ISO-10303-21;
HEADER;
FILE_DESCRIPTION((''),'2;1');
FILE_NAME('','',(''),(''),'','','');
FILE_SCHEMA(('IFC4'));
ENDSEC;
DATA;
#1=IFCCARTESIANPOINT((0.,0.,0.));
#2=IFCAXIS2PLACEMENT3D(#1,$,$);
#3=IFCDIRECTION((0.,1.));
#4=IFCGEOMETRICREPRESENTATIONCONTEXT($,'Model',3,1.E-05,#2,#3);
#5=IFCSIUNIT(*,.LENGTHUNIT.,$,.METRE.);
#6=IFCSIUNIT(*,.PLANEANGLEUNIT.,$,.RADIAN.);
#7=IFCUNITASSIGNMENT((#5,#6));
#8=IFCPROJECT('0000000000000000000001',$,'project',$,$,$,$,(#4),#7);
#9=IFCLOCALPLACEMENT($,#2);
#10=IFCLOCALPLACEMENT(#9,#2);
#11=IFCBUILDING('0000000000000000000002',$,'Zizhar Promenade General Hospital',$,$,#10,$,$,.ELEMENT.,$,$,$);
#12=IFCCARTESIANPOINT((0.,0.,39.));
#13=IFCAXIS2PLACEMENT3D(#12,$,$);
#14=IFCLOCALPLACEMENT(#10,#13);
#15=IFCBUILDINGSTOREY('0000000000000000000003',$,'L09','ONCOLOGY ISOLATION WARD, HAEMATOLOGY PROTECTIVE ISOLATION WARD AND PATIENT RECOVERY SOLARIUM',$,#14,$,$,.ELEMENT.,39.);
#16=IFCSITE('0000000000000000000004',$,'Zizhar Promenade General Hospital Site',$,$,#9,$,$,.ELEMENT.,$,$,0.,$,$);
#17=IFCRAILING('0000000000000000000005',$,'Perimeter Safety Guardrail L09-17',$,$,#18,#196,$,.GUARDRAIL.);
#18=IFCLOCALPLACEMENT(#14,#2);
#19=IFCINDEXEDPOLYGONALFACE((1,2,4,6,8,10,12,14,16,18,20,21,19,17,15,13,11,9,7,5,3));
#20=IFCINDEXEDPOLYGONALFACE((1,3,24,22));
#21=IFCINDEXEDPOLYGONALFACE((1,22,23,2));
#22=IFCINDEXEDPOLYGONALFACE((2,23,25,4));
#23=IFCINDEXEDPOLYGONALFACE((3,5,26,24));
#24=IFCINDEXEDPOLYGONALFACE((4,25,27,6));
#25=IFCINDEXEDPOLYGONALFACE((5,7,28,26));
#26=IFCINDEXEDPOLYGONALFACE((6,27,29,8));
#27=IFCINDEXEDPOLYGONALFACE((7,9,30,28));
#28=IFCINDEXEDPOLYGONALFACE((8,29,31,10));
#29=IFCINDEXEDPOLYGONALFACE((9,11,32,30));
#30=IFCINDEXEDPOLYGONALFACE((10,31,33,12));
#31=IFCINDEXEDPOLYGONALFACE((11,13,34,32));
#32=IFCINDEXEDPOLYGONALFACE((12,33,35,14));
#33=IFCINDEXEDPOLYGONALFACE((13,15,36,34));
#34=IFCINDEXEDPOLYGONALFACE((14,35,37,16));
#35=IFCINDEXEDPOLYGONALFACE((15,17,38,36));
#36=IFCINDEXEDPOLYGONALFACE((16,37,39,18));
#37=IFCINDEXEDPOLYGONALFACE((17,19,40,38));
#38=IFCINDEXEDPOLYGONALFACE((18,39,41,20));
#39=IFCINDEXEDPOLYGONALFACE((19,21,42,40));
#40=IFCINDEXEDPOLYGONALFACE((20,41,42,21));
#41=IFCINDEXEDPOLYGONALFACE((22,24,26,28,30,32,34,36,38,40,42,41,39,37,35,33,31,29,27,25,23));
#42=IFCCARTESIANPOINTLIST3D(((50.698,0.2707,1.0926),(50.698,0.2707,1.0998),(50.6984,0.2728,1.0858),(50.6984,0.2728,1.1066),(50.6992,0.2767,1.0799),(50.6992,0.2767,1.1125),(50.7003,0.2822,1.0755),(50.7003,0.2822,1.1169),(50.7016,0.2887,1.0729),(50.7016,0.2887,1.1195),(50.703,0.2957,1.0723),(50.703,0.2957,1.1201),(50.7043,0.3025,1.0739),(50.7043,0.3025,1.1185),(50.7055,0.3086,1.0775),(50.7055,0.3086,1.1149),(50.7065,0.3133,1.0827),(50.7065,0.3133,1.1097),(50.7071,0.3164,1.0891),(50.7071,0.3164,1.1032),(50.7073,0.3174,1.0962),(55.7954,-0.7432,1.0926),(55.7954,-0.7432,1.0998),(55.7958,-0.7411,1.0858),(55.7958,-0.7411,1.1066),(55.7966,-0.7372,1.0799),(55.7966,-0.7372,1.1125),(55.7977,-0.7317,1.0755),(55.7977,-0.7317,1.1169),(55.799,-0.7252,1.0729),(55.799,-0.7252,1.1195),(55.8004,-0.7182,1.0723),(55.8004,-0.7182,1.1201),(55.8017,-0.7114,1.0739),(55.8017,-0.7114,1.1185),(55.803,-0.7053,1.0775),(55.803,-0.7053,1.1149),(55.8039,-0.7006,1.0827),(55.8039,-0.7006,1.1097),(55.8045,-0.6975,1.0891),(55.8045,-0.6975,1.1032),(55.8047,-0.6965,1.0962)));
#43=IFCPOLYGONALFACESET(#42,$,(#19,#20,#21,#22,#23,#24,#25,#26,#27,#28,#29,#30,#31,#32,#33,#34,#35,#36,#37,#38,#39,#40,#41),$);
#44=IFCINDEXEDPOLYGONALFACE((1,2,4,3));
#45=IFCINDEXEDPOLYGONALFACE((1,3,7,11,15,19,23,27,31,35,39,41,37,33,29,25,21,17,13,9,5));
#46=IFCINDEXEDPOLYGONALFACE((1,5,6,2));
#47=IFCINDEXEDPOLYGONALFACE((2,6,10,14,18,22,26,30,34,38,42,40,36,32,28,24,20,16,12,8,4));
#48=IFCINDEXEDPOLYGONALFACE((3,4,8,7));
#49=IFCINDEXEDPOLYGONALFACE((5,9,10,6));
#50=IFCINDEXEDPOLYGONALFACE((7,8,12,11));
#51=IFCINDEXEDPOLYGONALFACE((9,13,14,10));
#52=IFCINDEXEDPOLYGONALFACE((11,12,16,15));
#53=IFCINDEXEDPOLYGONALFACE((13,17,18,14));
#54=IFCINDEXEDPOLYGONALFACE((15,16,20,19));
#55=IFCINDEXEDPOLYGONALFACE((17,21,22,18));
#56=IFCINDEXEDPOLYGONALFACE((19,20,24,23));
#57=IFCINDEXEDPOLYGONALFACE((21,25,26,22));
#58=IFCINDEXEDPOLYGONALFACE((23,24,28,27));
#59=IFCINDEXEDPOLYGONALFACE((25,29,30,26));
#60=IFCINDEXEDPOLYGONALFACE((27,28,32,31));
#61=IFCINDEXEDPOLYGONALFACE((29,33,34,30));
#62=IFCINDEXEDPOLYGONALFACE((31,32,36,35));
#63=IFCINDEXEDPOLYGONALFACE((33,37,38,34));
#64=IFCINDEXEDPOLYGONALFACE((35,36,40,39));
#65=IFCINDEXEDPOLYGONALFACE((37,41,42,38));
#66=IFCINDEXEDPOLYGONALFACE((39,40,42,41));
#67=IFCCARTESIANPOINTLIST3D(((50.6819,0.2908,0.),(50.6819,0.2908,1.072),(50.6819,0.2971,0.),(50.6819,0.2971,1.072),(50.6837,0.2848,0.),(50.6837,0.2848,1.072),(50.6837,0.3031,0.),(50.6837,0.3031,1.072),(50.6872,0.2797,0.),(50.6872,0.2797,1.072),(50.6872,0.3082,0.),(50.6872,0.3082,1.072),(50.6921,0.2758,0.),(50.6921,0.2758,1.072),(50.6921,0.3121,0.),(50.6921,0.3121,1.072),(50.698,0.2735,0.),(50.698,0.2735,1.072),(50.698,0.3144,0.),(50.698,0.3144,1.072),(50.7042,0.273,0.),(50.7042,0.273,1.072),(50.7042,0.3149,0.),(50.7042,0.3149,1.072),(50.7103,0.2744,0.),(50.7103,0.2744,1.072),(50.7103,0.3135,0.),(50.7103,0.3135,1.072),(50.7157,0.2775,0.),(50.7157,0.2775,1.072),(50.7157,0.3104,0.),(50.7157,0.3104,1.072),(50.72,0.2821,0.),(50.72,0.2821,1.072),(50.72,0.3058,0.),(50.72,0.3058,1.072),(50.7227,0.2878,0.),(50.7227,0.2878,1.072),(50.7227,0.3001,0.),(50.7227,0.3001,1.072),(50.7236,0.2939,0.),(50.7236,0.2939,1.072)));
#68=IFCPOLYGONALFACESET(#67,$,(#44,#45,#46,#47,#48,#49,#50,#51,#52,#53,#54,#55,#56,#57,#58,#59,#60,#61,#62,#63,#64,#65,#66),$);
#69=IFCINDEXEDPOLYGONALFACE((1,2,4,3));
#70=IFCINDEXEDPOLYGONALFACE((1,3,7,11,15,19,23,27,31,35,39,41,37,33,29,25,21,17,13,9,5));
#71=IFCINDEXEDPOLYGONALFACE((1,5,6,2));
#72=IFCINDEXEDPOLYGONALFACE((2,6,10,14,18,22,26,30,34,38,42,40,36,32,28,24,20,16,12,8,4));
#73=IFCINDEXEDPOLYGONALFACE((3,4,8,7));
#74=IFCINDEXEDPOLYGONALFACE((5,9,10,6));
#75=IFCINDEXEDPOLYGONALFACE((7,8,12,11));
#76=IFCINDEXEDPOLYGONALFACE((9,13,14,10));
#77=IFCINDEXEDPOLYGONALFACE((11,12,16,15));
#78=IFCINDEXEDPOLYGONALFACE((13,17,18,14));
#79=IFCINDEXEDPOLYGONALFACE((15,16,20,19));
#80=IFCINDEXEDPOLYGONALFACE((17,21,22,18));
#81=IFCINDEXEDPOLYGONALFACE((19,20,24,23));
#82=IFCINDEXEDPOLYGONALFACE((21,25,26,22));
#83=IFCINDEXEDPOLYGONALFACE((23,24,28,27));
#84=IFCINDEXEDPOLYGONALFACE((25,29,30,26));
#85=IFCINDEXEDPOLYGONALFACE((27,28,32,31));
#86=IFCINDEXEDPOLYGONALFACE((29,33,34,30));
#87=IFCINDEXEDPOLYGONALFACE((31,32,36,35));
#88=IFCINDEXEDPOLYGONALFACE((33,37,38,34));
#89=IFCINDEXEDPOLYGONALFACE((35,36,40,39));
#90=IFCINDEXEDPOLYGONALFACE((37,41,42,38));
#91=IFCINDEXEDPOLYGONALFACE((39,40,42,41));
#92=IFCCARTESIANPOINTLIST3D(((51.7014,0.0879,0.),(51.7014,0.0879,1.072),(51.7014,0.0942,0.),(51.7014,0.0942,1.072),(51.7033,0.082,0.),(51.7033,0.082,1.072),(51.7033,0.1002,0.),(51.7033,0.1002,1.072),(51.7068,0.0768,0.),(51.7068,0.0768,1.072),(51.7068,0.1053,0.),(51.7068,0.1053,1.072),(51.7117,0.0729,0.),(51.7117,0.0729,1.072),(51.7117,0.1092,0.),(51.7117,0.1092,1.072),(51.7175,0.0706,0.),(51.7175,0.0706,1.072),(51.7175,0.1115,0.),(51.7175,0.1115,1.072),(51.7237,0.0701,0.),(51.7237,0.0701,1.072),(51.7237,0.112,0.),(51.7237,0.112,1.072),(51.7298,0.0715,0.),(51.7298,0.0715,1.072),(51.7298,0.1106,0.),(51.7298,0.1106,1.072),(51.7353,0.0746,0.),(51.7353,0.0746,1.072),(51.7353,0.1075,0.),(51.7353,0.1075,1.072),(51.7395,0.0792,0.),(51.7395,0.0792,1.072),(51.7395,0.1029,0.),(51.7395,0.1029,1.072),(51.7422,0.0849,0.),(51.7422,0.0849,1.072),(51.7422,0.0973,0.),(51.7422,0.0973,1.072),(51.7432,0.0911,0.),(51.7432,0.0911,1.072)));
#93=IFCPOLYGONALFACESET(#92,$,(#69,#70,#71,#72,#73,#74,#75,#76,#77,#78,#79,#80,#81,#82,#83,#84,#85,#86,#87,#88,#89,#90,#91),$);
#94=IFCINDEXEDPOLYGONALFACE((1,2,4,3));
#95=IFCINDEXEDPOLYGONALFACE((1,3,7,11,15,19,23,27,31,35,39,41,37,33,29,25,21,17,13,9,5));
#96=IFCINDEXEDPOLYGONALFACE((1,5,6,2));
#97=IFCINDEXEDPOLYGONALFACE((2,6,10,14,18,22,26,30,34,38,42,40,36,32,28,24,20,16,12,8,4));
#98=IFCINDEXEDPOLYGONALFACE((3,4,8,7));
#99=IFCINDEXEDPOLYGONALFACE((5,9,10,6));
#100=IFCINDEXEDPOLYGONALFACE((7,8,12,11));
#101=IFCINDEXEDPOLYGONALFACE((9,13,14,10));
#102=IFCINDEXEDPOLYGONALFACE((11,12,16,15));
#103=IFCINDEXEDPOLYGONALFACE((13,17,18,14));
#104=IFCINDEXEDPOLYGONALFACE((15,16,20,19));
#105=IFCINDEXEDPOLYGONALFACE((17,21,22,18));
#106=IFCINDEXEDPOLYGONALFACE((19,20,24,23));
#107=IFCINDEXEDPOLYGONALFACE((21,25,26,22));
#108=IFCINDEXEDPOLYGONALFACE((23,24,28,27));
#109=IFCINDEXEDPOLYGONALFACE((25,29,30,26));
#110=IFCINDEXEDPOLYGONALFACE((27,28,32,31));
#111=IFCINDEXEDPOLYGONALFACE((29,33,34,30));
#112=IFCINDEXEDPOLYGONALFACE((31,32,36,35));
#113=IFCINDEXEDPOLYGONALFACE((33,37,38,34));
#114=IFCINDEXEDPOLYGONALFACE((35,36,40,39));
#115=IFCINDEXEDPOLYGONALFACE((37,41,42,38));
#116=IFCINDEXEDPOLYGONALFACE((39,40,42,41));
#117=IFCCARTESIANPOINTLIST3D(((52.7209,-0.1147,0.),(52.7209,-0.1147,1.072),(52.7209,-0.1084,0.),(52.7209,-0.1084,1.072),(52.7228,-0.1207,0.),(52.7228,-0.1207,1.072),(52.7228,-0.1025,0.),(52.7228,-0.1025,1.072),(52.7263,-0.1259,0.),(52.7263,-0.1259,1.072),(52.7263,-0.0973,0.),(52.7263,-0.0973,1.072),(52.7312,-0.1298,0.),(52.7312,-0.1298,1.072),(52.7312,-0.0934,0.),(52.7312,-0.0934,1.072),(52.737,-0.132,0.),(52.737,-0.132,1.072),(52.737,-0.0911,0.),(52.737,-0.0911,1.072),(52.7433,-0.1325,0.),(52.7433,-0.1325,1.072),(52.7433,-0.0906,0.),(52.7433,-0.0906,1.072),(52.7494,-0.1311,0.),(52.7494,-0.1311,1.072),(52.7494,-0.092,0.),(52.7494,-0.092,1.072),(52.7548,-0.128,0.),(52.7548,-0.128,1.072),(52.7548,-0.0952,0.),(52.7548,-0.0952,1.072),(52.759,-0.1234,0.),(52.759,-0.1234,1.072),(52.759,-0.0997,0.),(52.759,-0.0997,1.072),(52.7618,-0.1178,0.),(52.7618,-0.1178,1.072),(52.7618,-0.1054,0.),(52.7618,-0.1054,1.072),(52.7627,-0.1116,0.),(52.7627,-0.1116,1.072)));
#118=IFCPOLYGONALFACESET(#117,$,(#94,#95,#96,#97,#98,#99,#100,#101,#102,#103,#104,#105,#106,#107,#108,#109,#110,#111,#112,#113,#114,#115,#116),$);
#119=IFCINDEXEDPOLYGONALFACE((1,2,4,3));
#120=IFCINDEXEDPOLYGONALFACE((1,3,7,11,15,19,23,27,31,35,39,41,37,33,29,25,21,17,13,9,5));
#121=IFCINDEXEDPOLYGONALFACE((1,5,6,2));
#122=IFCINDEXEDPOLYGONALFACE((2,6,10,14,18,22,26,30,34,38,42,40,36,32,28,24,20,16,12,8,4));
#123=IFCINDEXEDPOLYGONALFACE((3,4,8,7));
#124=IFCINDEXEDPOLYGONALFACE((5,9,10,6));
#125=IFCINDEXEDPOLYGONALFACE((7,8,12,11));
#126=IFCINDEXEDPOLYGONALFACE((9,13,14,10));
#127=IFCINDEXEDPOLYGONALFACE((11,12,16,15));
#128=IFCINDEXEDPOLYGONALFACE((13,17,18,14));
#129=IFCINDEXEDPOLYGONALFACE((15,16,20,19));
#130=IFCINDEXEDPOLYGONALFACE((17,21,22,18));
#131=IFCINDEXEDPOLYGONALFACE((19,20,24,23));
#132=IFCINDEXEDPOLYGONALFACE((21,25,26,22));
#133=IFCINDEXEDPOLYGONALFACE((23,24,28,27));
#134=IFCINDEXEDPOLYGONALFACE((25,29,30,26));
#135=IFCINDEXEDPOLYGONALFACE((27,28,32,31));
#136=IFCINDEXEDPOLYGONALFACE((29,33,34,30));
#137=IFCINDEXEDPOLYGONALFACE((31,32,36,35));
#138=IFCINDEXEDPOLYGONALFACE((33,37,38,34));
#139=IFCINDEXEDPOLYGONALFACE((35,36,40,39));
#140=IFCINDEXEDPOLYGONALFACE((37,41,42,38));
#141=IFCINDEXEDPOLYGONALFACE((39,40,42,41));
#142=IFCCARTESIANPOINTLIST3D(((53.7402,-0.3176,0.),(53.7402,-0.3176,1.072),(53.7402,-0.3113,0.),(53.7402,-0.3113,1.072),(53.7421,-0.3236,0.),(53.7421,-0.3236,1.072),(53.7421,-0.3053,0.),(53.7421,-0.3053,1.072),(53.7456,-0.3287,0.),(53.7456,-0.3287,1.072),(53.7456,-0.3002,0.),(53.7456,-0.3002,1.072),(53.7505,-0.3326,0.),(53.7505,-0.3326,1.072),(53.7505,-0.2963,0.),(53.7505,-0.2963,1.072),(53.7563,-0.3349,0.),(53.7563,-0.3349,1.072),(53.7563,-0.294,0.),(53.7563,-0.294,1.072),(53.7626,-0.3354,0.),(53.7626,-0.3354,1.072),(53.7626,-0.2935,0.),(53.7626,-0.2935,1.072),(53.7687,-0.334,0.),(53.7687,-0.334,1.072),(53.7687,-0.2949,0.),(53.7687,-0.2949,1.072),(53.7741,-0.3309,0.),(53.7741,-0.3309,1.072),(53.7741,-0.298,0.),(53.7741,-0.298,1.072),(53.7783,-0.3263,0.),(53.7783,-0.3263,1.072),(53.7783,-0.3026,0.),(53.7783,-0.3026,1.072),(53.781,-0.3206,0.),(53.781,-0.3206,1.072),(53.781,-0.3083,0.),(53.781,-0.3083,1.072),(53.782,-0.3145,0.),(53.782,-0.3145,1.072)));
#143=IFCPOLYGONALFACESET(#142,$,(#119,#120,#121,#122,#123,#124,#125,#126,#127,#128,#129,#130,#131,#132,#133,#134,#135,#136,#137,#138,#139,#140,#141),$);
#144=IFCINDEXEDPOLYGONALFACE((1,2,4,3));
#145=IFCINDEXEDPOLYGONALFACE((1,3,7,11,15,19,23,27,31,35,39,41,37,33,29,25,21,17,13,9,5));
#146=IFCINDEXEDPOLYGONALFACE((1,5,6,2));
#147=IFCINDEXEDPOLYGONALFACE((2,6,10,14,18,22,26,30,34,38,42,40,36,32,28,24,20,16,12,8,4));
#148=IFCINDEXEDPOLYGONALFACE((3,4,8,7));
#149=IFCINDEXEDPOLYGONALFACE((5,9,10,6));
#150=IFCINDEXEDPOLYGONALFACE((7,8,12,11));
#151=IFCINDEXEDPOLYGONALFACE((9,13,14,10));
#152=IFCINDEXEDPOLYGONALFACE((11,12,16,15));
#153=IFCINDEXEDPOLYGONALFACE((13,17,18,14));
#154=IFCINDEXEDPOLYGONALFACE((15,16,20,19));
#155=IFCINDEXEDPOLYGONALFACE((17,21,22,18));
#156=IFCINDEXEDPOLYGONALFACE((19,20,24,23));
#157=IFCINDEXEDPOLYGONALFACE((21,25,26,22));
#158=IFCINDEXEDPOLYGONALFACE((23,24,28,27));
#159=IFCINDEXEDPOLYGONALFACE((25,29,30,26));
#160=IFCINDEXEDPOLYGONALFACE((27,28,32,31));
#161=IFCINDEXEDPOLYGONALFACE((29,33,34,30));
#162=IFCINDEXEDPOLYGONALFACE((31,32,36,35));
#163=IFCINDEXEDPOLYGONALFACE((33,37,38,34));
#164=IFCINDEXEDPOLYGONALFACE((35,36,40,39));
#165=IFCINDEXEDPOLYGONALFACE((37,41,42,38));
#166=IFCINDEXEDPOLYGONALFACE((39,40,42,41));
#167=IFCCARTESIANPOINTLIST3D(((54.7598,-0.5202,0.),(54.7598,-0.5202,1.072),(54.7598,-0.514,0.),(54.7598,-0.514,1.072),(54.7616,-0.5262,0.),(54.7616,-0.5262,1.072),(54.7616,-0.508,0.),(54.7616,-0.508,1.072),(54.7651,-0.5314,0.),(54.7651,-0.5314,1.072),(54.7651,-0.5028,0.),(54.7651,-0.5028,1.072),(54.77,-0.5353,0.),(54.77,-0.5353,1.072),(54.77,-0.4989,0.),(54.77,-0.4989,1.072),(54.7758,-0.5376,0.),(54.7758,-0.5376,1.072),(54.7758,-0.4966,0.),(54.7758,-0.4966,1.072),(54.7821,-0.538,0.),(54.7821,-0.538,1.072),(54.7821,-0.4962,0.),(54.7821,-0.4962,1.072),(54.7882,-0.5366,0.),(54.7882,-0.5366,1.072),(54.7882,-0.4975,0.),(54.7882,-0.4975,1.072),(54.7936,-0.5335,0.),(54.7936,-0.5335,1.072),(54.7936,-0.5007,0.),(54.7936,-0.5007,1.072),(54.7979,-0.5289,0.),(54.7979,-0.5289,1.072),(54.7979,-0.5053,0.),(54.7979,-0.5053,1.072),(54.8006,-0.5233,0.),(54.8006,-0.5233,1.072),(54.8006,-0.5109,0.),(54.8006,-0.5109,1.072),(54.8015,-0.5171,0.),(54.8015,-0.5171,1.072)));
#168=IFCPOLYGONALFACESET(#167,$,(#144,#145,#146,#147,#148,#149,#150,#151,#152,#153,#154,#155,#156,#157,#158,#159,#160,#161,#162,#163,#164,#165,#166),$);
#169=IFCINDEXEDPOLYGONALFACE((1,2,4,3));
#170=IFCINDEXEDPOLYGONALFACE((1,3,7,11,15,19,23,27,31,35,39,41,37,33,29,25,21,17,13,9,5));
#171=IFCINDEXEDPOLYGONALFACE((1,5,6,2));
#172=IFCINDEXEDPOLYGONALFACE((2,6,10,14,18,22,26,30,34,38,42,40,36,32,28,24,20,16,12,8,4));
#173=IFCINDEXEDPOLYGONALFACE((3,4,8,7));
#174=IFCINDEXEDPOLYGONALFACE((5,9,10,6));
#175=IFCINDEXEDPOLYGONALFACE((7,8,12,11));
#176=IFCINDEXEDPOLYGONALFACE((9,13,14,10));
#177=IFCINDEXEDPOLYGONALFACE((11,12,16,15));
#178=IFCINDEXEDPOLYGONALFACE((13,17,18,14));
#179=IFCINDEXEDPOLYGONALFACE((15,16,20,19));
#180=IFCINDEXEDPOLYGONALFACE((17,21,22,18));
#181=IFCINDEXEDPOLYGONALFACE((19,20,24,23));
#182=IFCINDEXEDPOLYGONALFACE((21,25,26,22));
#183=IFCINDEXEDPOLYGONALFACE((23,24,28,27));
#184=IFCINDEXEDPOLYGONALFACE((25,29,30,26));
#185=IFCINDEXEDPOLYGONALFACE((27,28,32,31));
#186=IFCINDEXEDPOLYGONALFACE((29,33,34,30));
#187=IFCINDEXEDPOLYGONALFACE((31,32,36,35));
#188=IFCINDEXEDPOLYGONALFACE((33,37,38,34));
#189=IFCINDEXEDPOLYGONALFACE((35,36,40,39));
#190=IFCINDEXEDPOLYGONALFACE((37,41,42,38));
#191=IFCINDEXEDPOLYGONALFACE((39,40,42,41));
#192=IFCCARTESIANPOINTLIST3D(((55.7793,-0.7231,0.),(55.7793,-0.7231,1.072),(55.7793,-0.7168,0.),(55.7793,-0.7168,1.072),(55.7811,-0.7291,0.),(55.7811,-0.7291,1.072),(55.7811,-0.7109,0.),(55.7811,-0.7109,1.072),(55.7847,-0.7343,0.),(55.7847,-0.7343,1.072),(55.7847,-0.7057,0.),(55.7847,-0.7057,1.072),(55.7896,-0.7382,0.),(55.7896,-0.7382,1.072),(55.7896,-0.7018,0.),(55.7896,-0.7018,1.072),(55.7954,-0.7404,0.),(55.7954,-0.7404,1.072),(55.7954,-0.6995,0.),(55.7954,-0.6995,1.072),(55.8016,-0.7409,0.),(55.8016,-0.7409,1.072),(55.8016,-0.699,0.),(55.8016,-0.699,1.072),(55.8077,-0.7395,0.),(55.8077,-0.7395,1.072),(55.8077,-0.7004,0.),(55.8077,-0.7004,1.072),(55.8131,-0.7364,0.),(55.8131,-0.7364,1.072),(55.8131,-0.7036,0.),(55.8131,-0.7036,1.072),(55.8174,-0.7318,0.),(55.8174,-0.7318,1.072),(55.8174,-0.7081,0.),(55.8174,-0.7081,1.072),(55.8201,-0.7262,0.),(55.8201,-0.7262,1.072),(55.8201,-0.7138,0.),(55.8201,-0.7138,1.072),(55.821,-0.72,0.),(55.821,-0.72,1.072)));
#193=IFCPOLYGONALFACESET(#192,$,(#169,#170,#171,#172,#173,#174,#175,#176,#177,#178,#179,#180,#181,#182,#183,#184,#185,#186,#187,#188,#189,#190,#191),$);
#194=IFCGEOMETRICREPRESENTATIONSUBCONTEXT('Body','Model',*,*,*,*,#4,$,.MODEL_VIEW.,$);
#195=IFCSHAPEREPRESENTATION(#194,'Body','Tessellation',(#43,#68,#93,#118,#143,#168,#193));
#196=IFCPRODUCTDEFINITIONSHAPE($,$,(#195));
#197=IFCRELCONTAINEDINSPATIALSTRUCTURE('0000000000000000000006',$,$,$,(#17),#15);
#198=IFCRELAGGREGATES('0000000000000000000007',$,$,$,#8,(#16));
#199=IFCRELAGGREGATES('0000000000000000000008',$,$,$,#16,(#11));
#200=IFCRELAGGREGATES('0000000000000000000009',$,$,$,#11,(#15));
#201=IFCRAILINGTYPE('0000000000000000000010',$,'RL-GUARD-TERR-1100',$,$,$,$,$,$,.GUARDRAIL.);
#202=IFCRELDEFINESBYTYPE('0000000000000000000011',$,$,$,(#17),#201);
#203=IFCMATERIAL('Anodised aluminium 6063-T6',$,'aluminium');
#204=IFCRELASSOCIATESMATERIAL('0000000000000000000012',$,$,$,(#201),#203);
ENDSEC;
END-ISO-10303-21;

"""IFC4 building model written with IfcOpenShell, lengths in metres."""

from ifc_helpers import new_model, si_unit, direction, frame, origin, origin_2d, place, context, subcontext, project, spatial, circle, hollow_circle, extrude, material, material_profile, profile_set, type_object, element, save


model = new_model("IFC4")

# Units and contexts
model_context = context("Model", 3, precision=1e-05, world=origin(), true_north=direction((0.0, 1.0)))
body_context = subcontext(model_context, "Body", "Model", "MODEL_VIEW")
ifc_project = project(units=[si_unit("LENGTHUNIT", "METRE"), si_unit("PLANEANGLEUNIT", "RADIAN")], contexts=[model_context])

# Site, building, storey
site_placement = place(None, origin())
site = spatial("IfcSite", under=ifc_project, at=site_placement, Name="Zizhar Promenade General Hospital Site", CompositionType="ELEMENT", RefElevation=0.0)
building_placement = place(site_placement, origin())
building = spatial("IfcBuilding", under=site, at=building_placement, Name="Zizhar Promenade General Hospital", CompositionType="ELEMENT")
storey_placement = place(building_placement, frame((0.0, 0.0, 39.0)))
storey = spatial("IfcBuildingStorey", under=building, at=storey_placement, Name="L09", Description="ONCOLOGY ISOLATION WARD, HAEMATOLOGY PROTECTIVE ISOLATION WARD AND PATIENT RECOVERY SOLARIUM", CompositionType="ELEMENT", Elevation=39.0)

# Railing
ifc_material_1 = material(Name="Anodised aluminium 6063-T6", Category="aluminium")
ifc_material_profile_1 = material_profile(ifc_material_1, hollow_circle(Radius=0.0698, WallThickness=0.0063, at=origin_2d()))
ifc_profile_set_1 = profile_set([ifc_material_profile_1], Name="Anodised aluminium 6063-T6")
railing_type = type_object("IfcRailingType", Name="RL-GUARD-TERR-1100", PredefinedType="GUARDRAIL", material=ifc_profile_set_1)
railing_placement = place(storey_placement, frame((50.7026, 0.2939, 0.0)))
element("IfcRailing", 1, at=railing_placement, inside=storey, type_object=railing_type, Name="Perimeter Safety Guardrail L09-17", PredefinedType="GUARDRAIL", context=body_context, shape_type="SweptSolid", body=[
    extrude(circle(Radius=0.0239, at=origin_2d()), frame((0.0, 0.0, 1.0962), z_axis=(0.980786, -0.195086, 0.0), x_axis=(0.195086, 0.980786, 0.0)), (0.0, 0.0, 1.0), 5.1973),
    extrude(circle(Radius=0.021, at=origin_2d()), origin(), (0.0, 0.0, 1.0), 1.072),
    extrude(circle(Radius=0.021, at=origin_2d()), frame((1.0195, -0.2029, 0.0)), (0.0, 0.0, 1.0), 1.072),
    extrude(circle(Radius=0.021, at=origin_2d()), frame((2.0391, -0.4055, 0.0)), (0.0, 0.0, 1.0), 1.072),
    extrude(circle(Radius=0.021, at=origin_2d()), frame((3.0583, -0.6084, 0.0)), (0.0, 0.0, 1.0), 1.072),
    extrude(circle(Radius=0.021, at=origin_2d()), frame((4.0779, -0.811, 0.0)), (0.0, 0.0, 1.0), 1.072),
    extrude(circle(Radius=0.021, at=origin_2d()), frame((5.0974, -1.0139, 0.0)), (0.0, 0.0, 1.0), 1.072),
])

save(model, "model.ifc")
